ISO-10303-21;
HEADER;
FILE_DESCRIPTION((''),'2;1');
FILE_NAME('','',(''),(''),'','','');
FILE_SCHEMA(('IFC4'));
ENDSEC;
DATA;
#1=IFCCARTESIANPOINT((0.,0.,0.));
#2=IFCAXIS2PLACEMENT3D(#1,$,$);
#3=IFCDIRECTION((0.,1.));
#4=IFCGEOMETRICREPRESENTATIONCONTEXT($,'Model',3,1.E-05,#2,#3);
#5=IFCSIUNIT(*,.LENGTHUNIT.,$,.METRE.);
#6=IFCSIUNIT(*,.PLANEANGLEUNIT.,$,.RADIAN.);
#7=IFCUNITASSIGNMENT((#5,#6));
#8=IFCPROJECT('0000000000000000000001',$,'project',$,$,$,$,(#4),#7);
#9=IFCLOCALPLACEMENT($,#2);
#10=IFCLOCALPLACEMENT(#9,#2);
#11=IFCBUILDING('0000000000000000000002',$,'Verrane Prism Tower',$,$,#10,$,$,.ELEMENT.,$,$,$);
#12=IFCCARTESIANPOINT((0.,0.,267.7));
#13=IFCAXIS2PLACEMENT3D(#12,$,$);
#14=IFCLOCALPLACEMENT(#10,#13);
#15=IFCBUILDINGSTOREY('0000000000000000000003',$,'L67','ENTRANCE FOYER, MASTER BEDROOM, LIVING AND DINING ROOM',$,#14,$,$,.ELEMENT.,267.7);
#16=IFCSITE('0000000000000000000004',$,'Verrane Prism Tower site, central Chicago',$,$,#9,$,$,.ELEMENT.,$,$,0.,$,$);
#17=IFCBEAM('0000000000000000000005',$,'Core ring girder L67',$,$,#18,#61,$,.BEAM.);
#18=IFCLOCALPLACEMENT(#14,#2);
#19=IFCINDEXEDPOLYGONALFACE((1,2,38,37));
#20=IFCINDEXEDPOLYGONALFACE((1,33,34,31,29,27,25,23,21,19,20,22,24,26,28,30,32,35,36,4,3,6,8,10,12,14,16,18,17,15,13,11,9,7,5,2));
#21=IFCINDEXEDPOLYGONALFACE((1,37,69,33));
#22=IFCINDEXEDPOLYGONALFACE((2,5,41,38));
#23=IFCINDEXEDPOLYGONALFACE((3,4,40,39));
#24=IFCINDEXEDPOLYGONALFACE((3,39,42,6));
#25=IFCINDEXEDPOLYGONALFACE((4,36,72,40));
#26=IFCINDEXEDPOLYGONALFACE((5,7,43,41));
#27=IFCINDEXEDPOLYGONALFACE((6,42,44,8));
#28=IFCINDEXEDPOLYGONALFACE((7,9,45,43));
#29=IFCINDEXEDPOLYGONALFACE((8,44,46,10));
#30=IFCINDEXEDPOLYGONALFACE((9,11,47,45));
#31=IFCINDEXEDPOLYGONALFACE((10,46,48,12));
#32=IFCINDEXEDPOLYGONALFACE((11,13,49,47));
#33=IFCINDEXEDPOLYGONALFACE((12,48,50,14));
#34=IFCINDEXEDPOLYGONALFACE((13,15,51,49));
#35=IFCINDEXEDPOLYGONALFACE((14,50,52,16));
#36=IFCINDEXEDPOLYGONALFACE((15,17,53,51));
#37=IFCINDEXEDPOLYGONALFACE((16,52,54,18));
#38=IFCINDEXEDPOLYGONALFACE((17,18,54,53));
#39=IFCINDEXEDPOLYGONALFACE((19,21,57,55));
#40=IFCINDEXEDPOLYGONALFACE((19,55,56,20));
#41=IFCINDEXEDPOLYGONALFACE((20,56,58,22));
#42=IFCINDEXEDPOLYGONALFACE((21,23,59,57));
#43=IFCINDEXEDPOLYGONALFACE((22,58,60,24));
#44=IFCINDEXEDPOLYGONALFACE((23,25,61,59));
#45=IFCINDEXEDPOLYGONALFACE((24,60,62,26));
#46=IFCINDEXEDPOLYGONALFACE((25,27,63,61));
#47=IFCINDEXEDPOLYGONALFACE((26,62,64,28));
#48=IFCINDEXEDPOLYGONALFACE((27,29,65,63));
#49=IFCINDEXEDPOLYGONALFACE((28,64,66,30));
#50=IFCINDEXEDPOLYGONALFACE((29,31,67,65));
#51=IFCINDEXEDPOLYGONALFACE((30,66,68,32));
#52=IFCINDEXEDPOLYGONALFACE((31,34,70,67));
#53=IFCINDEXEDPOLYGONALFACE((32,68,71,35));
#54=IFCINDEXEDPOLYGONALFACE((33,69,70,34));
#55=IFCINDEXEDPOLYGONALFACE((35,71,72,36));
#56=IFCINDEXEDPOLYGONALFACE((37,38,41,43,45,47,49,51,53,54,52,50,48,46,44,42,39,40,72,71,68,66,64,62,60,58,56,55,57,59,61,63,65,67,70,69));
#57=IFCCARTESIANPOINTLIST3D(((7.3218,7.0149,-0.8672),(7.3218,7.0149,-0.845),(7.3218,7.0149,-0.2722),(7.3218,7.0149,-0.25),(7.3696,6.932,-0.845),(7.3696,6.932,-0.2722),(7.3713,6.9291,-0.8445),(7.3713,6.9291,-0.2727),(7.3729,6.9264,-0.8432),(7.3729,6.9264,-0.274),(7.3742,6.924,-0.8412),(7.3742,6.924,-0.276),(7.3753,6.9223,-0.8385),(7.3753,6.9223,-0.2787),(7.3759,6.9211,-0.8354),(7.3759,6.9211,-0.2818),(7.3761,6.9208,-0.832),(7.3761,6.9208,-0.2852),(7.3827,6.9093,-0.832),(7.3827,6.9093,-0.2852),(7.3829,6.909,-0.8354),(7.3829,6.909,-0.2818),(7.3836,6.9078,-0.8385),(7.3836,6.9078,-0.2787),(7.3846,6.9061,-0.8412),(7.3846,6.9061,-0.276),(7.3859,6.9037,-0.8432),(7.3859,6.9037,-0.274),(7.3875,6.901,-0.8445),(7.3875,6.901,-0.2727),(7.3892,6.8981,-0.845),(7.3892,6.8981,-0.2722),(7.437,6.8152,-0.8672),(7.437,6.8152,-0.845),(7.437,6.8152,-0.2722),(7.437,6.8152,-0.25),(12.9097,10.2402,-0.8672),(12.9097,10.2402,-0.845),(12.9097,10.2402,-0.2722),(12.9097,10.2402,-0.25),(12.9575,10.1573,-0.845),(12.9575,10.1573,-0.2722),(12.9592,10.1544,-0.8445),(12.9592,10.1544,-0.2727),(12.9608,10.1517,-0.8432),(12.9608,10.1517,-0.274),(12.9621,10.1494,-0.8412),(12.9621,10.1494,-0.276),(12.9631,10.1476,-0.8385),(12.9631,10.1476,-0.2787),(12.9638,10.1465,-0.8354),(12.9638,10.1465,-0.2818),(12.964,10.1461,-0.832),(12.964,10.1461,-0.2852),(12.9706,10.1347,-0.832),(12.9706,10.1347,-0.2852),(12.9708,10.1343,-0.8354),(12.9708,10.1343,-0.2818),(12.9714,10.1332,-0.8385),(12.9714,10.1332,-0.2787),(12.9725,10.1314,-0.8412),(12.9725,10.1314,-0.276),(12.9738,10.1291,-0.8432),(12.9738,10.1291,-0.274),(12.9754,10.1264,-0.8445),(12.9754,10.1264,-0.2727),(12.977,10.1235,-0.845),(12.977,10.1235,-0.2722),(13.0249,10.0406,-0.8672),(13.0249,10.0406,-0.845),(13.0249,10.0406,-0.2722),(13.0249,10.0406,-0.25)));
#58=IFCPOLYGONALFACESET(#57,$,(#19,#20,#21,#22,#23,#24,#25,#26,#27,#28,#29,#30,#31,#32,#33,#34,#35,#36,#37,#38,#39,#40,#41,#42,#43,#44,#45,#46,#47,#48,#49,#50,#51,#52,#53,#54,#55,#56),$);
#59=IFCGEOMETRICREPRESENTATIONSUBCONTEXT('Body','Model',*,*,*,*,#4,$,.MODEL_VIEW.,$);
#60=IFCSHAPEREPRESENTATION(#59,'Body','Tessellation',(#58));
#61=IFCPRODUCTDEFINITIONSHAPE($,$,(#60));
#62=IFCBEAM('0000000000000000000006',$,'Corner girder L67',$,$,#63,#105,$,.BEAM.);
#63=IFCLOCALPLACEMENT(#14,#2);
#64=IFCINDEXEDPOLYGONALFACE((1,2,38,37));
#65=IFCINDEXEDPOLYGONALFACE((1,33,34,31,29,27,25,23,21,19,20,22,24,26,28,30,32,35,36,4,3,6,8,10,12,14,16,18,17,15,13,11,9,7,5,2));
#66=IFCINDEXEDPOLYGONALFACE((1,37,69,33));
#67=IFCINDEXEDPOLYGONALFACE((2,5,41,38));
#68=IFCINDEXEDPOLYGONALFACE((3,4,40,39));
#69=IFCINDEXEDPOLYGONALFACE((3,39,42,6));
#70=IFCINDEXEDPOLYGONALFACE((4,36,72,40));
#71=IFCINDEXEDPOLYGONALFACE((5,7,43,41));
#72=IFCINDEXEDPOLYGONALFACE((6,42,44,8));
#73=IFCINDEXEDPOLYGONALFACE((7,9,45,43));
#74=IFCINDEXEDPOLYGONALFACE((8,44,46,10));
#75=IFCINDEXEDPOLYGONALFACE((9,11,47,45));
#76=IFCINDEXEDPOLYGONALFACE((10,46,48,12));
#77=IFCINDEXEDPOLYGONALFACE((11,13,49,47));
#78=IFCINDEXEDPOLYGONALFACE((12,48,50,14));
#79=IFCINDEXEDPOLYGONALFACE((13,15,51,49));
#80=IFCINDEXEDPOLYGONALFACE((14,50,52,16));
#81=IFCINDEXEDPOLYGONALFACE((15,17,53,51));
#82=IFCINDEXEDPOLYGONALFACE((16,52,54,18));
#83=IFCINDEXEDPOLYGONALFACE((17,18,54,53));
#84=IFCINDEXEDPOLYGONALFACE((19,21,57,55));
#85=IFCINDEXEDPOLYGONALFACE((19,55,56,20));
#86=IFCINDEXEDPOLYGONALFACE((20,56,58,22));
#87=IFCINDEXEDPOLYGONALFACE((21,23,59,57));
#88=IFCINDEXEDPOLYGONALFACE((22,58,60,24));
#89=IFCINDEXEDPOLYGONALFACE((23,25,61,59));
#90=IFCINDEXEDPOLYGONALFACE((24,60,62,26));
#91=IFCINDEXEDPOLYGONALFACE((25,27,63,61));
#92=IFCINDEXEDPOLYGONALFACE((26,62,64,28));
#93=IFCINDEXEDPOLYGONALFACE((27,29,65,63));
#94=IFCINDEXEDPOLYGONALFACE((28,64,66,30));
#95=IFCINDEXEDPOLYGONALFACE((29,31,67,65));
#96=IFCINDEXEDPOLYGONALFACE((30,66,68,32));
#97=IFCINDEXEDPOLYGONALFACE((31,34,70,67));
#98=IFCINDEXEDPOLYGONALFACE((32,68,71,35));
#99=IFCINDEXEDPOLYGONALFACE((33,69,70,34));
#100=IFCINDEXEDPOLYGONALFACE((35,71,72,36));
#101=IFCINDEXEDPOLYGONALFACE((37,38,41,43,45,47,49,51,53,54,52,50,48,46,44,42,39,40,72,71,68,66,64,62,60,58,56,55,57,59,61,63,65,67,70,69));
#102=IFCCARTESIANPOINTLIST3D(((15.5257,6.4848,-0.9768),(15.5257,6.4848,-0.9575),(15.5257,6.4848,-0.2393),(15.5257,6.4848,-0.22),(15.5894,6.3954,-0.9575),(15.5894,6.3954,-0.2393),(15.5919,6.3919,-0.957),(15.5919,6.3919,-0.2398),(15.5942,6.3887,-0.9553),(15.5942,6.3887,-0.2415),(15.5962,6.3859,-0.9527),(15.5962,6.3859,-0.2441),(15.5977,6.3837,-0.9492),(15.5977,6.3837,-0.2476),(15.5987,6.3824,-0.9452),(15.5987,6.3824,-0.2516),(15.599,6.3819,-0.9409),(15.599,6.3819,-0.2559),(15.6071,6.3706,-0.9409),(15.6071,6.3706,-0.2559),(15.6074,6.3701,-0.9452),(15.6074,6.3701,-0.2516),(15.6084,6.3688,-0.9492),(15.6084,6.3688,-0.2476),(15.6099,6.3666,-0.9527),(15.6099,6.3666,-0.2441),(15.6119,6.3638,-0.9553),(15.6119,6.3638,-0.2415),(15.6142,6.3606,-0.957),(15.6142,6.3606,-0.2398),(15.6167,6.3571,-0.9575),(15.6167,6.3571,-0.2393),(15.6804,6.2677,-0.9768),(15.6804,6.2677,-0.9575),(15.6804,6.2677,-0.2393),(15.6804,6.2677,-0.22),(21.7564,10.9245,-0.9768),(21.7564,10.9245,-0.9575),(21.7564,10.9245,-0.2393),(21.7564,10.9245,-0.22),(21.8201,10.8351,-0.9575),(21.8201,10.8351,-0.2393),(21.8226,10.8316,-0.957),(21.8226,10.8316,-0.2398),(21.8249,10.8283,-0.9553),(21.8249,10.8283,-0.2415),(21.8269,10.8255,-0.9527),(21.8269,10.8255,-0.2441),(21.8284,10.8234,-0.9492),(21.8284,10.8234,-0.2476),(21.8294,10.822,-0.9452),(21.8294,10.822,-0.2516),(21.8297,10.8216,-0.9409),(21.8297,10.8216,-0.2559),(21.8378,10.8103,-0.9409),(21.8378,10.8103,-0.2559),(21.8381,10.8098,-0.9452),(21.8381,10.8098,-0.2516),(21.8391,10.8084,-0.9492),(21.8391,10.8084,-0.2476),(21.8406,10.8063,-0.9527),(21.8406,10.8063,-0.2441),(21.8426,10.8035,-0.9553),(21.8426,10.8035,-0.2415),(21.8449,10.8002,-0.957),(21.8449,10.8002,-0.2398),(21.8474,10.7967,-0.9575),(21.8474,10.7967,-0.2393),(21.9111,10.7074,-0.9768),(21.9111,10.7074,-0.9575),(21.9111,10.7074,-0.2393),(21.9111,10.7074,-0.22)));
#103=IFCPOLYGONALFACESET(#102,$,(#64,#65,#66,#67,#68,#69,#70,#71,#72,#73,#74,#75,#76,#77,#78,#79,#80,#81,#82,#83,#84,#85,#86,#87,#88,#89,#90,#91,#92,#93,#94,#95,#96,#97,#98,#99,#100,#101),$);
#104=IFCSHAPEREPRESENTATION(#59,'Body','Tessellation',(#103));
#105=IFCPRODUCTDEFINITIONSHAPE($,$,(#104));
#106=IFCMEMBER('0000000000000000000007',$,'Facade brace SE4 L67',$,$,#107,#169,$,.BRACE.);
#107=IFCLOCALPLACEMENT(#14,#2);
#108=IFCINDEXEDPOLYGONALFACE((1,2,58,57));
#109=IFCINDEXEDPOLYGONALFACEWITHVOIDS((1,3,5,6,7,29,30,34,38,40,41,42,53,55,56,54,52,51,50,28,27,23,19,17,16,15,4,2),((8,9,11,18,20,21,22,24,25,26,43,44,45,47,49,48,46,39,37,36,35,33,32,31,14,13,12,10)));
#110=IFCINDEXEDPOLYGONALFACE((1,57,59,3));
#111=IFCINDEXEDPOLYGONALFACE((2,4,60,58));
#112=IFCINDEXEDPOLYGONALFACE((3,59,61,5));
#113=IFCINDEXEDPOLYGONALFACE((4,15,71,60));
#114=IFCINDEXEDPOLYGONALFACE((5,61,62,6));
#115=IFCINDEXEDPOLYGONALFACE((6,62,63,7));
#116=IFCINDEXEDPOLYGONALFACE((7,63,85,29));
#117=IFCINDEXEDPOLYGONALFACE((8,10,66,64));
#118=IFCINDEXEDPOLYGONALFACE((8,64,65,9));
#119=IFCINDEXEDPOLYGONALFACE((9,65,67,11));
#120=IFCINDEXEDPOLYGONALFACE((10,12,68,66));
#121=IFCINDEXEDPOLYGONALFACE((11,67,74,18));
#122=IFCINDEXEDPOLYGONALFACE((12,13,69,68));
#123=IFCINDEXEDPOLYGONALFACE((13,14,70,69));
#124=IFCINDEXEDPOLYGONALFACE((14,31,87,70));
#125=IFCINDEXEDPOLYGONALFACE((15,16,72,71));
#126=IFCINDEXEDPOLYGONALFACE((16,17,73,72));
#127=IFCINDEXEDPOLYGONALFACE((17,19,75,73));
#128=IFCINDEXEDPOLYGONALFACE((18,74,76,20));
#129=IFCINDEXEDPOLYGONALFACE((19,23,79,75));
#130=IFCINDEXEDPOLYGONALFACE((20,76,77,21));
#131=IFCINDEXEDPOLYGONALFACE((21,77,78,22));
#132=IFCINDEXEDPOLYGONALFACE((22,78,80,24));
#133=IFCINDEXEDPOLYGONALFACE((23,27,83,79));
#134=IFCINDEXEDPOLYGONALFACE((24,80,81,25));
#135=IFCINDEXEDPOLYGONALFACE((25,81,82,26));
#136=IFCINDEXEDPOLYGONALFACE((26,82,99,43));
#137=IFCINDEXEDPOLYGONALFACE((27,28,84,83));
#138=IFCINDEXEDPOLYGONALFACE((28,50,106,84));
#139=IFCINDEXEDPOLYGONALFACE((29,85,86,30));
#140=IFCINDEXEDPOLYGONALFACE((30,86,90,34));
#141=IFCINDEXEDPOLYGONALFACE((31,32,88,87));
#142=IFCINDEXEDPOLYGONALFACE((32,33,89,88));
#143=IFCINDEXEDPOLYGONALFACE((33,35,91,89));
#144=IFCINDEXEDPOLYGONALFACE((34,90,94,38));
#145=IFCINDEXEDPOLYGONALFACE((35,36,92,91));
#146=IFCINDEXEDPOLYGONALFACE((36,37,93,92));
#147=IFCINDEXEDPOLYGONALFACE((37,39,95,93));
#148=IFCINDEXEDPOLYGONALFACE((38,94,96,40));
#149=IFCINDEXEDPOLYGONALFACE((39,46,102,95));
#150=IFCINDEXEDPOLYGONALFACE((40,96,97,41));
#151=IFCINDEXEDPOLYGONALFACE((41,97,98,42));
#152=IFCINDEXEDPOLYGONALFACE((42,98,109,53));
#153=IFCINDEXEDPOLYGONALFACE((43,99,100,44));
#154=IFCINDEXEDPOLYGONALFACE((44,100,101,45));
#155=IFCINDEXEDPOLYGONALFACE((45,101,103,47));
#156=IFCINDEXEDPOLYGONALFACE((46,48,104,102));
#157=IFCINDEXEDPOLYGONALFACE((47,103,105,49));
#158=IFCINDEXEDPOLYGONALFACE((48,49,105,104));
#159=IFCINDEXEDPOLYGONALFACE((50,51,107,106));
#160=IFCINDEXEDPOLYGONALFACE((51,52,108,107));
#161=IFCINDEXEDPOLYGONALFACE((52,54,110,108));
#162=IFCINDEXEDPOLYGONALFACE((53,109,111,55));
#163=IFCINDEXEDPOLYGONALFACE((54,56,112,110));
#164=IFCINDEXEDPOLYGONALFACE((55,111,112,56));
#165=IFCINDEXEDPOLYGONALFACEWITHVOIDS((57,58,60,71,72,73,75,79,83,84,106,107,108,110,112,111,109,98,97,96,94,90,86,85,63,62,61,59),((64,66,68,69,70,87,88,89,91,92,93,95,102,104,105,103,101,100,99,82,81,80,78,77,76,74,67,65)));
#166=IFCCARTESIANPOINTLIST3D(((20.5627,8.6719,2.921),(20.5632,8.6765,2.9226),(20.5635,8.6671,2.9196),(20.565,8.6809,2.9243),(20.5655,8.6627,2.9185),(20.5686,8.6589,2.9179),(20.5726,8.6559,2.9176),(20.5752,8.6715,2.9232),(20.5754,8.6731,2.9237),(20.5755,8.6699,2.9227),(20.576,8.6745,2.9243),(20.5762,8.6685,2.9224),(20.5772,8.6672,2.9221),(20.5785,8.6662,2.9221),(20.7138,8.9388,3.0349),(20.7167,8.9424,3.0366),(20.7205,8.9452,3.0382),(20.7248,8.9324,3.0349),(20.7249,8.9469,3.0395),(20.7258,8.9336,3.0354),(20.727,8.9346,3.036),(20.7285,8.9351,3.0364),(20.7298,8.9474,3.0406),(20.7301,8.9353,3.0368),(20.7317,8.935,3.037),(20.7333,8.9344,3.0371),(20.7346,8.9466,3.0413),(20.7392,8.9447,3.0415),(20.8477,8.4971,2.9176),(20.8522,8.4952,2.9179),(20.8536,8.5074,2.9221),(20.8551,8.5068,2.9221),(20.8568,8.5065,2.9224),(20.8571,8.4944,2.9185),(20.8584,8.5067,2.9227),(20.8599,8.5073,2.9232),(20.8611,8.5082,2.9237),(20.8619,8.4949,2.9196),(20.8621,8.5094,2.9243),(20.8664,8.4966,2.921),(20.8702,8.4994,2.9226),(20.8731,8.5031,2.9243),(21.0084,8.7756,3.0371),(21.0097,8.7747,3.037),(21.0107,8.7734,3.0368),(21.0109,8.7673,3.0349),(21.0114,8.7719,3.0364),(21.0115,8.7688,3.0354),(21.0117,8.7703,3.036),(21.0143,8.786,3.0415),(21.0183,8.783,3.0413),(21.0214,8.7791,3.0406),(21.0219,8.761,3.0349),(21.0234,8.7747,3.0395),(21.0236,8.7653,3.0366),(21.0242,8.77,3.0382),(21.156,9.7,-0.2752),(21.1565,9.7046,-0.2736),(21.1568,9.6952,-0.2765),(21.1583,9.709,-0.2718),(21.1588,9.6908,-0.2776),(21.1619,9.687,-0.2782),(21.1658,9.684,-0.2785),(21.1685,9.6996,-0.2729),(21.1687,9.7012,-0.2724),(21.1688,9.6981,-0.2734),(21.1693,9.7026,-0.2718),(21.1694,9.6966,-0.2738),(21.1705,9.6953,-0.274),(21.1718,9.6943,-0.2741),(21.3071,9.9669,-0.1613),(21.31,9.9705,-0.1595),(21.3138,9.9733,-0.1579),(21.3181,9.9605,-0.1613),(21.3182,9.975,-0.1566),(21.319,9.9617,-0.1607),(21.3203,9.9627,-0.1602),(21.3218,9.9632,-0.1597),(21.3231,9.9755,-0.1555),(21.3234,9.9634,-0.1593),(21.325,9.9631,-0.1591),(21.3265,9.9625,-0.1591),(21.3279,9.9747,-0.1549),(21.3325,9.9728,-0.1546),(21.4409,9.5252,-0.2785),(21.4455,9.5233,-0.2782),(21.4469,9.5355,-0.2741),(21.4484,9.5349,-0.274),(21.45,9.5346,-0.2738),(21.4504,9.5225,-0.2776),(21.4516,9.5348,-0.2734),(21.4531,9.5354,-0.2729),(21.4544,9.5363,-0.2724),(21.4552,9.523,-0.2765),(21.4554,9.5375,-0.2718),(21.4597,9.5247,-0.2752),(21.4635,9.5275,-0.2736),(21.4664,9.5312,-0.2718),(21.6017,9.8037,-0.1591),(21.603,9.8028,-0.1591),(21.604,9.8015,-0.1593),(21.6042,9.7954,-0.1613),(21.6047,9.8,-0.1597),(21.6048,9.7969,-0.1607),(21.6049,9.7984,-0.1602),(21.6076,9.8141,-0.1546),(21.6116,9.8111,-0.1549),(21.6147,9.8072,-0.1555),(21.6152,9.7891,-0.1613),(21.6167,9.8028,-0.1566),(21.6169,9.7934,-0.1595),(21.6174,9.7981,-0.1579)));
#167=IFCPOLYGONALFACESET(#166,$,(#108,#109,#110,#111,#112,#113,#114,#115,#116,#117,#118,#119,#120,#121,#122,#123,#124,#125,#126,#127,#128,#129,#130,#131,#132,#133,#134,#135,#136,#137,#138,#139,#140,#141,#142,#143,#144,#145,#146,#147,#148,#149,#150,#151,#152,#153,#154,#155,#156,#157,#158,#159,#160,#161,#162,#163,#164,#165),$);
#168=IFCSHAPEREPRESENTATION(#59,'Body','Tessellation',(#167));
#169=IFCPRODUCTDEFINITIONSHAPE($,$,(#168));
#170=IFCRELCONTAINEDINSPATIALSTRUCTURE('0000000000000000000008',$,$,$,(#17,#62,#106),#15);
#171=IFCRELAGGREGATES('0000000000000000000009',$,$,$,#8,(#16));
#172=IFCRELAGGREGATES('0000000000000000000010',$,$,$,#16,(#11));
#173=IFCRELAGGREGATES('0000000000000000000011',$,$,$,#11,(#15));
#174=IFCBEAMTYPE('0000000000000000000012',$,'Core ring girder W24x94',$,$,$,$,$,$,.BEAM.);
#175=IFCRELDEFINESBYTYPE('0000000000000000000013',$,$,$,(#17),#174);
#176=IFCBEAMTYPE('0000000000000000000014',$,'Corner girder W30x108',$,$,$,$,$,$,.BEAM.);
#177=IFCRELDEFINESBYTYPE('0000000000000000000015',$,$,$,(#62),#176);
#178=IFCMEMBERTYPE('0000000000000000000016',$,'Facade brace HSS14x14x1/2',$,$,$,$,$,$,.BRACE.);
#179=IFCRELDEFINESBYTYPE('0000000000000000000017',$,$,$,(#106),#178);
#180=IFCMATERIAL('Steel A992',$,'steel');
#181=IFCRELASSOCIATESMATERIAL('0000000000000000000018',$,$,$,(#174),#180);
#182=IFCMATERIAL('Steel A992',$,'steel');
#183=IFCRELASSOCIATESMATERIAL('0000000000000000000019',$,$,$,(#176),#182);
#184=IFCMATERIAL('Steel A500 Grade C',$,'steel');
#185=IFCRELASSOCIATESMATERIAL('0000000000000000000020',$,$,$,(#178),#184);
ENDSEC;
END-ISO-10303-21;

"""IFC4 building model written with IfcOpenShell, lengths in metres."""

from ifc_helpers import new_model, si_unit, direction, frame, origin, origin_2d, place, context, subcontext, project, spatial, hollow_rectangle, i_section, extrude, material, material_profile, profile_set, type_object, element, save


model = new_model("IFC4")

# Units and contexts
model_context = context("Model", 3, precision=1e-05, world=origin(), true_north=direction((0.0, 1.0)))
body_context = subcontext(model_context, "Body", "Model", "MODEL_VIEW")
ifc_project = project(units=[si_unit("LENGTHUNIT", "METRE"), si_unit("PLANEANGLEUNIT", "RADIAN")], contexts=[model_context])

# Site, building, storey
site_placement = place(None, origin())
site = spatial("IfcSite", under=ifc_project, at=site_placement, Name="Verrane Prism Tower site, central Chicago", CompositionType="ELEMENT", RefElevation=0.0)
building_placement = place(site_placement, origin())
building = spatial("IfcBuilding", under=site, at=building_placement, Name="Verrane Prism Tower", CompositionType="ELEMENT")
storey_placement = place(building_placement, frame((0.0, 0.0, 267.7)))
storey = spatial("IfcBuildingStorey", under=building, at=storey_placement, Name="L67", Description="ENTRANCE FOYER, MASTER BEDROOM, LIVING AND DINING ROOM", CompositionType="ELEMENT", Elevation=267.7)

# Beams
ifc_material_1 = material(Name="Steel A992", Category="steel")
ifc_material_profile_1 = material_profile(ifc_material_1, i_section(OverallWidth=0.2305, OverallDepth=0.6172, WebThickness=0.0132, FlangeThickness=0.0222, FilletRadius=0.0129, at=origin_2d()), Name="W24x94")
ifc_profile_set_1 = profile_set([ifc_material_profile_1], Name="Steel A992")
beam_type_1 = type_object("IfcBeamType", Name="Core ring girder W24x94", PredefinedType="BEAM", material=ifc_profile_set_1)
beam_1_placement = place(storey_placement, frame((12.9673, 10.1404, -0.5586), z_axis=(-0.866081, -0.499904, 0.0), x_axis=(0.499904, -0.866081, 0.0)))
element("IfcBeam", 1, at=beam_1_placement, inside=storey, type_object=beam_type_1, Name="Core ring girder L67", PredefinedType="BEAM", context=body_context, shape_type="SweptSolid", body=[
    extrude(i_section(OverallWidth=0.2305, OverallDepth=0.6172, WebThickness=0.0132, FlangeThickness=0.0222, FilletRadius=0.0129, at=origin_2d()), origin(), (0.0, 0.0, 1.0), 6.4519),
])
ifc_material_2 = material(Name="Steel A992", Category="steel")
ifc_material_profile_2 = material_profile(ifc_material_2, i_section(OverallWidth=0.2666, OverallDepth=0.7568, WebThickness=0.0139, FlangeThickness=0.0193, FilletRadius=0.0166, at=origin_2d()), Name="W30x108")
ifc_profile_set_2 = profile_set([ifc_material_profile_2], Name="Steel A992")
beam_type_2 = type_object("IfcBeamType", Name="Corner girder W30x108", PredefinedType="BEAM", material=ifc_profile_set_2)
beam_2_placement = place(storey_placement, frame((21.8337, 10.8159, -0.5984), z_axis=(-0.814401, -0.580302, 0.0), x_axis=(0.580302, -0.814401, 0.0)))
element("IfcBeam", 2, at=beam_2_placement, inside=storey, type_object=beam_type_2, Name="Corner girder L67", PredefinedType="BEAM", context=body_context, shape_type="SweptSolid", body=[
    extrude(i_section(OverallWidth=0.2666, OverallDepth=0.7568, WebThickness=0.0139, FlangeThickness=0.0193, FilletRadius=0.0166, at=origin_2d()), origin(), (0.0, 0.0, 1.0), 7.6506),
])

# Member
ifc_material_3 = material(Name="Steel A500 Grade C", Category="steel")
ifc_material_profile_3 = material_profile(ifc_material_3, hollow_rectangle(XDim=0.3557, YDim=0.3557, WallThickness=0.0127, InnerFilletRadius=0.0063, OuterFilletRadius=0.019, at=origin_2d()), Name="HSS14x14x1/2")
ifc_profile_set_3 = profile_set([ifc_material_profile_3], Name="Steel A500 Grade C")
member_type_1 = type_object("IfcMemberType", Name="Facade brace HSS14x14x1/2", PredefinedType="BRACE", material=ifc_profile_set_3)
member_1_placement = place(storey_placement, frame((21.3867, 9.749, -0.2166), z_axis=(-0.174011, -0.301547, 0.937438), x_axis=(0.866134, -0.499811, 0.0)))
element("IfcMember", 3, at=member_1_placement, inside=storey, type_object=member_type_1, Name="Facade brace SE4 L67", PredefinedType="BRACE", context=body_context, shape_type="SweptSolid", body=[
    extrude(hollow_rectangle(XDim=0.3557, YDim=0.3557, WallThickness=0.0127, InnerFilletRadius=0.0063, OuterFilletRadius=0.019, at=origin_2d()), origin(), (0.0, 0.0, 1.0), 3.4094),
])

save(model, "model.ifc")
